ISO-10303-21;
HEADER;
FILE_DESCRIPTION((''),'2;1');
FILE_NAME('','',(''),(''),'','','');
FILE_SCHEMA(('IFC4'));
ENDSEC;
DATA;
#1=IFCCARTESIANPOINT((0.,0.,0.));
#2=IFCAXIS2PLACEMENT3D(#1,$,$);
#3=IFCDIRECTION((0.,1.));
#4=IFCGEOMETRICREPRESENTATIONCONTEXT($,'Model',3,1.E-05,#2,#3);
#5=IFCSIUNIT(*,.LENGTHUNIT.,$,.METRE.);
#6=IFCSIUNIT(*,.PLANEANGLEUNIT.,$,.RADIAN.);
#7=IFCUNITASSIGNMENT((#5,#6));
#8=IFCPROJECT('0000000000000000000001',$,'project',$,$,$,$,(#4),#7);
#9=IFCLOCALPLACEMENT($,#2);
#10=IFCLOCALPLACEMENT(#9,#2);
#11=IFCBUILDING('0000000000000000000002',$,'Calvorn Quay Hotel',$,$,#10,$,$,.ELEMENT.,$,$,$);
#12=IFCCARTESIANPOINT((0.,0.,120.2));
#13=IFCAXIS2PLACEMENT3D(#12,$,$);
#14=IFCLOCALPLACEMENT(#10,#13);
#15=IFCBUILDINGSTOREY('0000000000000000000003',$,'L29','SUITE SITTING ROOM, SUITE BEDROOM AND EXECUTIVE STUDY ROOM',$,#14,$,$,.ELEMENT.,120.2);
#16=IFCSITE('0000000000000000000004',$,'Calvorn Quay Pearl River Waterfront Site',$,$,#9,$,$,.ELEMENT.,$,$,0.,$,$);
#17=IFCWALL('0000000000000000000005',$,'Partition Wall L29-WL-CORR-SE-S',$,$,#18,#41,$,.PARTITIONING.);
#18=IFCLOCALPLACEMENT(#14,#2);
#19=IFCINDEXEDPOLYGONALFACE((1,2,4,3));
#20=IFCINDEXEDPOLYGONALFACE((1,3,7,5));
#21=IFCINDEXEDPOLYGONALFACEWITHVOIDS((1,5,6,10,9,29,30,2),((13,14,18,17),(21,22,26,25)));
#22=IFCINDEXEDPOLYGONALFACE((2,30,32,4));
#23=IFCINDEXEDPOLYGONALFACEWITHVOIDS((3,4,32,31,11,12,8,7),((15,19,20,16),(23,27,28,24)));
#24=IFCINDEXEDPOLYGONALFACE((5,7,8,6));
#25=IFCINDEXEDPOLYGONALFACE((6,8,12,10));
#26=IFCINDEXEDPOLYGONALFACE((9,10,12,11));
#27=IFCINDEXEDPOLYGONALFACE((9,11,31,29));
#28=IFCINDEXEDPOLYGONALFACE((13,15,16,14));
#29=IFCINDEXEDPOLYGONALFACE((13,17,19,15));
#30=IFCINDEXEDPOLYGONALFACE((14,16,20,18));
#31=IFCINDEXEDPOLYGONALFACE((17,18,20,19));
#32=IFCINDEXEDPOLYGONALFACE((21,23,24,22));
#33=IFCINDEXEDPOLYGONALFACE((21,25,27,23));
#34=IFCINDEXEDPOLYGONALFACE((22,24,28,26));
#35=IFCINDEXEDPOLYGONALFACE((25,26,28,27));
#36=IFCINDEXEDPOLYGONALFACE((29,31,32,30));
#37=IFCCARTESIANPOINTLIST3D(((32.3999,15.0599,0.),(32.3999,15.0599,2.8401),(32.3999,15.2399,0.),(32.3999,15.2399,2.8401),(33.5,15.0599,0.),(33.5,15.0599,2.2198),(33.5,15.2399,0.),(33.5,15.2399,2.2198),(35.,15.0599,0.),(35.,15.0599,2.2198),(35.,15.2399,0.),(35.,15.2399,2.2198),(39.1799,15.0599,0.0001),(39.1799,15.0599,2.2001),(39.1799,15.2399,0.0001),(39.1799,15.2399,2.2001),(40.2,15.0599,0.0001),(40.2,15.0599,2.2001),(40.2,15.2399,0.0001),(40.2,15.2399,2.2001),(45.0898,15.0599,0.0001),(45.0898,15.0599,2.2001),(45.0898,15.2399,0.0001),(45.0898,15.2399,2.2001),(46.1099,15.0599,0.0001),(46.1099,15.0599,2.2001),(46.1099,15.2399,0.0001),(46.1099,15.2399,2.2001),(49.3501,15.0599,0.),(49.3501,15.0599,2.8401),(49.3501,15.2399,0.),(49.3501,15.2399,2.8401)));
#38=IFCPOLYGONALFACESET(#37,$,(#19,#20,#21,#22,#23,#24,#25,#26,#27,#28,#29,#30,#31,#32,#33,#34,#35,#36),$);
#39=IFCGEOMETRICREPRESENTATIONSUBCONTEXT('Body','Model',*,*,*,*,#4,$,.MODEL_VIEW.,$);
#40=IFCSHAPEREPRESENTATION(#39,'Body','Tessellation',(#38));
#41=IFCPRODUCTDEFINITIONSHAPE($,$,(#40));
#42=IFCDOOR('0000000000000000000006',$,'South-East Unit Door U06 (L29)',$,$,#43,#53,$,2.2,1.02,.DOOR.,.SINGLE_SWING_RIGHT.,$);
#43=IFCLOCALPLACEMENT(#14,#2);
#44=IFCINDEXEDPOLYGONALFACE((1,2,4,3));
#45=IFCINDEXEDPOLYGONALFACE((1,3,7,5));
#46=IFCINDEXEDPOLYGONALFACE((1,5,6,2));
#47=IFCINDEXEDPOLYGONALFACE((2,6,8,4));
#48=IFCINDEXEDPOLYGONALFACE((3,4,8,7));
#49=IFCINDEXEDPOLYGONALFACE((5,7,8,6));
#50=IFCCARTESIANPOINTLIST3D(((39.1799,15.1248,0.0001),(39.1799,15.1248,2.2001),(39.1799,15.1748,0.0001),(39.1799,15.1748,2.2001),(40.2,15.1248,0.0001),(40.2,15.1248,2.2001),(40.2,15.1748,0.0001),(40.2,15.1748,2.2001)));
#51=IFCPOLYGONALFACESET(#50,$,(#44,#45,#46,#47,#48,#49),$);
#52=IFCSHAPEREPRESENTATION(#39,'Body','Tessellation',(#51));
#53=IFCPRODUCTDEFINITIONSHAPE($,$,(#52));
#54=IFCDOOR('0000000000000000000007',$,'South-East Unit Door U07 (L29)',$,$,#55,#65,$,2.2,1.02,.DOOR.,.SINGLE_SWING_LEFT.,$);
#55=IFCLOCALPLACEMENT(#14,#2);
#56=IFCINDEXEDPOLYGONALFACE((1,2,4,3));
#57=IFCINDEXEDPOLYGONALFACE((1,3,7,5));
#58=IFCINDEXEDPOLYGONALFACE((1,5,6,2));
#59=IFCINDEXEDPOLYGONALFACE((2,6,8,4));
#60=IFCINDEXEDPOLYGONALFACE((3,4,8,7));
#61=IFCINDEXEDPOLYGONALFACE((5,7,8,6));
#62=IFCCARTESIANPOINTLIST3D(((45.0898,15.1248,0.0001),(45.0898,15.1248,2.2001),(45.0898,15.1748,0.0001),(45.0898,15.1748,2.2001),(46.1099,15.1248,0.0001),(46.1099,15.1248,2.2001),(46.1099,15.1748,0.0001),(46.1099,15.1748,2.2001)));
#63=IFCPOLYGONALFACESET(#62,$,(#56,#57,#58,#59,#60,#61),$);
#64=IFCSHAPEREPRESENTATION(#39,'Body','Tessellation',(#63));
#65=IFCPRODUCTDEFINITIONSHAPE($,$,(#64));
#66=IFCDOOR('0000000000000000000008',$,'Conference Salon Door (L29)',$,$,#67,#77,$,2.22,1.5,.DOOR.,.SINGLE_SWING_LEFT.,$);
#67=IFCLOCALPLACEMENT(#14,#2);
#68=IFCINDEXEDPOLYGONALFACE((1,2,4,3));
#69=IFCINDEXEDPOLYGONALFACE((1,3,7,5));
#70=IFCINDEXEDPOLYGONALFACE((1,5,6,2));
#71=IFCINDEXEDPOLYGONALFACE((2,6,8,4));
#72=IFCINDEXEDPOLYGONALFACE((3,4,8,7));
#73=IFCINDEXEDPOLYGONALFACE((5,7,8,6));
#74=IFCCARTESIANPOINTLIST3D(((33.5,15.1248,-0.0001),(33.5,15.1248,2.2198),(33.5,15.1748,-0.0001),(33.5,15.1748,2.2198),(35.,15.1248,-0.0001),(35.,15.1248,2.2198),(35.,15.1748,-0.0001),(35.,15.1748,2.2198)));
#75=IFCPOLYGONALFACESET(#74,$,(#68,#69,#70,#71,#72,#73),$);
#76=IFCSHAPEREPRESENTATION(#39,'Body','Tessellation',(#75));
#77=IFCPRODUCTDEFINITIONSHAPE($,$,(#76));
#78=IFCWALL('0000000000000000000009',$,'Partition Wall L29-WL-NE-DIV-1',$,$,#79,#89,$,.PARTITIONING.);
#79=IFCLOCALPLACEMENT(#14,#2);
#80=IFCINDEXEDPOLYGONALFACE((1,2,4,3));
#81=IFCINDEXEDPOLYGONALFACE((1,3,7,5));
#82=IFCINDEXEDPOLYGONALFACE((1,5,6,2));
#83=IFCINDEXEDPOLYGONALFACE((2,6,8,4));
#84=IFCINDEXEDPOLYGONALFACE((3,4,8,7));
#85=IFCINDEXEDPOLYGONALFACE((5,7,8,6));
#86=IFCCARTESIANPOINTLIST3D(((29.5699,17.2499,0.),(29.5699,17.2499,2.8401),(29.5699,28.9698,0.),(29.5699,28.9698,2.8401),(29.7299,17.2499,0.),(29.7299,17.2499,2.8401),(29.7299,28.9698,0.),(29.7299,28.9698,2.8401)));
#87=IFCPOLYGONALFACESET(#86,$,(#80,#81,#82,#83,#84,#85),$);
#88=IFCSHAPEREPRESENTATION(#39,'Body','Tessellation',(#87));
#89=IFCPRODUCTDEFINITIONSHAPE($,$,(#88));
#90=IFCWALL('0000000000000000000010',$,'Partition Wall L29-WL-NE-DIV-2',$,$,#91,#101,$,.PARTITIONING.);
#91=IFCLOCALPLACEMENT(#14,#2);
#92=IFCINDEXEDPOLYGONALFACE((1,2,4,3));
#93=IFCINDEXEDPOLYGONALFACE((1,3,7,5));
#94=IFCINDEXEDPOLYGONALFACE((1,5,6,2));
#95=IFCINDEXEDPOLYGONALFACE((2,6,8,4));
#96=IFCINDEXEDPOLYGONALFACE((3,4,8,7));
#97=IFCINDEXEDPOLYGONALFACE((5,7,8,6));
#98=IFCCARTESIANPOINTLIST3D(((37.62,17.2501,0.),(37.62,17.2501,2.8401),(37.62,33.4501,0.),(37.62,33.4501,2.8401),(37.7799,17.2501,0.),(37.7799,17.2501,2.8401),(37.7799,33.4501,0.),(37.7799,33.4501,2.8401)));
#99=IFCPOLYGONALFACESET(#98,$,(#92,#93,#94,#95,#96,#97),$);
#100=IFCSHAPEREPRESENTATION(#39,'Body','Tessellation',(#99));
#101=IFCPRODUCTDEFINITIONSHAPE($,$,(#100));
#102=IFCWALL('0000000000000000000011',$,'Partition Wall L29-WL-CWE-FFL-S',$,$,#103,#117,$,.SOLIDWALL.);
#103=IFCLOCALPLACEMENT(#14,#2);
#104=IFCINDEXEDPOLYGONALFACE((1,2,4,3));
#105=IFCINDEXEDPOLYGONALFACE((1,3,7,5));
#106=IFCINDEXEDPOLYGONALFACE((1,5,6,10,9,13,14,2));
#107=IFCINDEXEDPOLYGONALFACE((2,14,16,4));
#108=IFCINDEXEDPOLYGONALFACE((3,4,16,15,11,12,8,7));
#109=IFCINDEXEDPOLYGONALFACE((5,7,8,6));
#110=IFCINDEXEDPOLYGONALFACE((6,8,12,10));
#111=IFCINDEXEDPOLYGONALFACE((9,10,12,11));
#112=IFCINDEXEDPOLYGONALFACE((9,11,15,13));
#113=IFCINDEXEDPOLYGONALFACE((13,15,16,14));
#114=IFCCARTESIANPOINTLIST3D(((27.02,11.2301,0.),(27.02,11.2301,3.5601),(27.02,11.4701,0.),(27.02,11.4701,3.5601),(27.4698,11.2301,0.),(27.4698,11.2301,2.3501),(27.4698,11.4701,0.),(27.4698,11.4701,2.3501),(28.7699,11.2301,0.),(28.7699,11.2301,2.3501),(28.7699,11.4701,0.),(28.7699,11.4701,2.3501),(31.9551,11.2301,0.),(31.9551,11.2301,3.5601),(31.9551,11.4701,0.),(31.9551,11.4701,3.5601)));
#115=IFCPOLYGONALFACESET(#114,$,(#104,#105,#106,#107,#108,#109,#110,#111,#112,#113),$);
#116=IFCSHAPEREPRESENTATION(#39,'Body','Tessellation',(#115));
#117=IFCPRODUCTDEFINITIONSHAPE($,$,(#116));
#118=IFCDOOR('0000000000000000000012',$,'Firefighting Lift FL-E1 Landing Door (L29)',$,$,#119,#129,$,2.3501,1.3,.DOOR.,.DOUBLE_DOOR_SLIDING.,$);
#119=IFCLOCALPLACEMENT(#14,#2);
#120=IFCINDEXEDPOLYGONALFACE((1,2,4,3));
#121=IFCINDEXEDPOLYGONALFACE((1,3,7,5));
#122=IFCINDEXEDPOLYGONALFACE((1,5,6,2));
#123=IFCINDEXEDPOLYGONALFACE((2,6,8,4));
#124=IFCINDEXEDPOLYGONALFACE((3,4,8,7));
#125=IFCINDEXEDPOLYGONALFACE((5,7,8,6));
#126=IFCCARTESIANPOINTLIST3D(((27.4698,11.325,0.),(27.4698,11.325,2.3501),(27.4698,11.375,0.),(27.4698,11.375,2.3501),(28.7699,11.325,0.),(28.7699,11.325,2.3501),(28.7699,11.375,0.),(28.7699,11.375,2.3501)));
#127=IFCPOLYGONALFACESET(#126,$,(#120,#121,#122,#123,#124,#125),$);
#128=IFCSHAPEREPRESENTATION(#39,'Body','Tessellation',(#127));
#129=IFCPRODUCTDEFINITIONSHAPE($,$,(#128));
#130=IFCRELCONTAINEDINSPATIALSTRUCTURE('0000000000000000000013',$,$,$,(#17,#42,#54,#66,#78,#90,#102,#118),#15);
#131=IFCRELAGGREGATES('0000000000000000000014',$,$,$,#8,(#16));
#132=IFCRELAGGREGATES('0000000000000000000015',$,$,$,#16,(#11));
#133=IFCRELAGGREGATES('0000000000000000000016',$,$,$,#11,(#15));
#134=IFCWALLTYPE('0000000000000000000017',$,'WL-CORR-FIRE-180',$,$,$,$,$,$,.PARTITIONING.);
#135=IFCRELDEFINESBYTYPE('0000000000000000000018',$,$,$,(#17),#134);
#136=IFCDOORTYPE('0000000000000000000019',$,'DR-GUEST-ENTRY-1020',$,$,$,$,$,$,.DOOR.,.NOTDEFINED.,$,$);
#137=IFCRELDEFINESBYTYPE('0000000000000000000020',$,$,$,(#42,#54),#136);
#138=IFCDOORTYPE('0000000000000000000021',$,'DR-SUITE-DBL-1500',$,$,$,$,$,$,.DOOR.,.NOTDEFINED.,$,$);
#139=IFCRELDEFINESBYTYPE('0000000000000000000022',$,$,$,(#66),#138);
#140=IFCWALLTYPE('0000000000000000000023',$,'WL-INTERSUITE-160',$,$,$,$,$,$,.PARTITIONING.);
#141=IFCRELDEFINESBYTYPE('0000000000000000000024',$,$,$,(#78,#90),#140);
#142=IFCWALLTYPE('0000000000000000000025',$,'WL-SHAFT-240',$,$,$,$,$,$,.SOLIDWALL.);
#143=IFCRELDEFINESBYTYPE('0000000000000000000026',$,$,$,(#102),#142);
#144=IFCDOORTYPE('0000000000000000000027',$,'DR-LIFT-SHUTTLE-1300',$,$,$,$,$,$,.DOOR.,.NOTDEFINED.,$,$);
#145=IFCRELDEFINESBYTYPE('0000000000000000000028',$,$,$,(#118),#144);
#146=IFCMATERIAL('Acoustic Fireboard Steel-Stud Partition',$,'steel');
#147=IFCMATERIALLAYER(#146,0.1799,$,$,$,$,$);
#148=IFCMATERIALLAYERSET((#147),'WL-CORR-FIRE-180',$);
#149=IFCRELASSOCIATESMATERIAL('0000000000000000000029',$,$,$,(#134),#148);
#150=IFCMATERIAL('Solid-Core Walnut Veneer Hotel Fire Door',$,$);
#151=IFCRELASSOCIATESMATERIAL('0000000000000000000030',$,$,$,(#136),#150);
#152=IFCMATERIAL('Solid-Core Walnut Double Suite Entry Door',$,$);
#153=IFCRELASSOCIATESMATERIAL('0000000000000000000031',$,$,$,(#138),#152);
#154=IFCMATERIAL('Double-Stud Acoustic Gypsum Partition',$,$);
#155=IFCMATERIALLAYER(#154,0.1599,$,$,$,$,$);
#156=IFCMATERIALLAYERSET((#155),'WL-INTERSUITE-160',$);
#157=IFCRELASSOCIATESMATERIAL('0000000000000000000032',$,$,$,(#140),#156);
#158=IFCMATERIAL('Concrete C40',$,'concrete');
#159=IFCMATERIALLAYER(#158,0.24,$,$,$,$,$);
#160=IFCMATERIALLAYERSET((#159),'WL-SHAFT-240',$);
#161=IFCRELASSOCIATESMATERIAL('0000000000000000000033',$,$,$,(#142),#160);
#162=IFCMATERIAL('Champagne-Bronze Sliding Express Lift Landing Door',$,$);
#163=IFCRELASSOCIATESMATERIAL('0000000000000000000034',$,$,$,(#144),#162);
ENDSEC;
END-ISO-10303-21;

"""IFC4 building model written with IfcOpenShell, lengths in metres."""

from ifc_helpers import new_model, si_unit, direction, frame, frame_2d, origin, place, context, subcontext, project, spatial, rectangle, extrude, material, layer, layer_set, type_object, element, fill, save


model = new_model("IFC4")

# Units and contexts
model_context = context("Model", 3, precision=1e-05, world=origin(), true_north=direction((0.0, 1.0)))
body_context = subcontext(model_context, "Body", "Model", "MODEL_VIEW")
ifc_project = project(units=[si_unit("LENGTHUNIT", "METRE"), si_unit("PLANEANGLEUNIT", "RADIAN")], contexts=[model_context])

# Site, building, storey
site_placement = place(None, origin())
site = spatial("IfcSite", under=ifc_project, at=site_placement, Name="Calvorn Quay Pearl River Waterfront Site", CompositionType="ELEMENT", RefElevation=0.0)
building_placement = place(site_placement, origin())
building = spatial("IfcBuilding", under=site, at=building_placement, Name="Calvorn Quay Hotel", CompositionType="ELEMENT")
storey_placement = place(building_placement, frame((0.0, 0.0, 120.2)))
storey = spatial("IfcBuildingStorey", under=building, at=storey_placement, Name="L29", Description="SUITE SITTING ROOM, SUITE BEDROOM AND EXECUTIVE STUDY ROOM", CompositionType="ELEMENT", Elevation=120.2)

# Wall, openings, doors
ifc_material_1 = material(Name="Acoustic Fireboard Steel-Stud Partition", Category="steel")
ifc_layer_1 = layer(ifc_material_1, 0.1799)
ifc_layer_set_1 = layer_set([ifc_layer_1], Name="WL-CORR-FIRE-180")
wall_type_1 = type_object("IfcWallType", Name="WL-CORR-FIRE-180", PredefinedType="PARTITIONING", material=ifc_layer_set_1)
wall_1_placement = place(storey_placement, frame((32.3999, 15.1499, 0.0), z_axis=(0.0, 0.0, 1.0), x_axis=(1.0, 0.0, 0.0)))
wall_1 = element("IfcWall", 1, at=wall_1_placement, inside=storey, type_object=wall_type_1, Name="Partition Wall L29-WL-CORR-SE-S", PredefinedType="PARTITIONING", context=body_context, shape_type="SweptSolid", body=[
    extrude(rectangle(XDim=16.9502, YDim=0.1799, at=frame_2d((8.4751, 0.0))), origin(), (0.0, 0.0, 1.0), 2.8401),
])
opening_1_placement = place(wall_1_placement, frame((1.1001, 0.0, 0.0)))
opening_1 = element("IfcOpeningElement", 2, at=opening_1_placement, cuts=wall_1, PredefinedType="OPENING", context=body_context, shape_type="SweptSolid", body=[
    extrude(rectangle(XDim=1.5, YDim=2.22, at=frame_2d((0.75, 1.1099))), frame((0.0, 0.0999, 0.0), z_axis=(0.0, -1.0, 0.0), x_axis=(1.0, 0.0, 0.0)), (0.0, 0.0, 1.0), 0.2),
])
opening_2_placement = place(wall_1_placement, frame((6.78, 0.0, 0.0)))
opening_2 = element("IfcOpeningElement", 3, at=opening_2_placement, cuts=wall_1, PredefinedType="OPENING", context=body_context, shape_type="SweptSolid", body=[
    extrude(rectangle(XDim=1.02, YDim=2.2, at=frame_2d((0.51, 1.1001))), frame((0.0, 0.0999, 0.0), z_axis=(0.0, -1.0, 0.0), x_axis=(1.0, 0.0, 0.0)), (0.0, 0.0, 1.0), 0.2),
])
opening_3_placement = place(wall_1_placement, frame((12.6899, 0.0, 0.0)))
opening_3 = element("IfcOpeningElement", 4, at=opening_3_placement, cuts=wall_1, PredefinedType="OPENING", context=body_context, shape_type="SweptSolid", body=[
    extrude(rectangle(XDim=1.02, YDim=2.2, at=frame_2d((0.51, 1.1001))), frame((0.0, 0.0999, 0.0), z_axis=(0.0, -1.0, 0.0), x_axis=(1.0, 0.0, 0.0)), (0.0, 0.0, 1.0), 0.2),
])
ifc_material_2 = material(Name="Solid-Core Walnut Veneer Hotel Fire Door")
door_type_1 = type_object("IfcDoorType", Name="DR-GUEST-ENTRY-1020", OperationType="NOTDEFINED", PredefinedType="DOOR", material=ifc_material_2)
door_1_placement = place(opening_2_placement, origin())
door_1 = element("IfcDoor", 5, at=door_1_placement, inside=storey, type_object=door_type_1, Name="South-East Unit Door U06 (L29)", OperationType="SINGLE_SWING_RIGHT", OverallHeight=2.2, OverallWidth=1.02, PredefinedType="DOOR", context=body_context, shape_type="SweptSolid", body=[
    extrude(rectangle(XDim=1.02, YDim=2.2, at=frame_2d((0.51, 1.1001))), frame((0.0, 0.0249, 0.0), z_axis=(0.0, -1.0, 0.0), x_axis=(1.0, 0.0, 0.0)), (0.0, 0.0, 1.0), 0.05),
])
fill(opening_2, door_1)
door_2_placement = place(opening_3_placement, origin())
door_2 = element("IfcDoor", 6, at=door_2_placement, inside=storey, type_object=door_type_1, Name="South-East Unit Door U07 (L29)", OperationType="SINGLE_SWING_LEFT", OverallHeight=2.2, OverallWidth=1.02, PredefinedType="DOOR", context=body_context, shape_type="SweptSolid", body=[
    extrude(rectangle(XDim=1.02, YDim=2.2, at=frame_2d((0.51, 1.1001))), frame((0.0, 0.0249, 0.0), z_axis=(0.0, -1.0, 0.0), x_axis=(1.0, 0.0, 0.0)), (0.0, 0.0, 1.0), 0.05),
])
fill(opening_3, door_2)
ifc_material_3 = material(Name="Solid-Core Walnut Double Suite Entry Door")
door_type_2 = type_object("IfcDoorType", Name="DR-SUITE-DBL-1500", OperationType="NOTDEFINED", PredefinedType="DOOR", material=ifc_material_3)
door_3_placement = place(opening_1_placement, origin())
door_3 = element("IfcDoor", 7, at=door_3_placement, inside=storey, type_object=door_type_2, Name="Conference Salon Door (L29)", OperationType="SINGLE_SWING_LEFT", OverallHeight=2.22, OverallWidth=1.5, PredefinedType="DOOR", context=body_context, shape_type="SweptSolid", body=[
    extrude(rectangle(XDim=1.5, YDim=2.22, at=frame_2d((0.75, 1.1099))), frame((0.0, 0.0249, 0.0), z_axis=(0.0, -1.0, 0.0), x_axis=(1.0, 0.0, 0.0)), (0.0, 0.0, 1.0), 0.05),
])
fill(opening_1, door_3)

# Walls
ifc_material_4 = material(Name="Double-Stud Acoustic Gypsum Partition")
ifc_layer_2 = layer(ifc_material_4, 0.1599)
ifc_layer_set_2 = layer_set([ifc_layer_2], Name="WL-INTERSUITE-160")
wall_type_2 = type_object("IfcWallType", Name="WL-INTERSUITE-160", PredefinedType="PARTITIONING", material=ifc_layer_set_2)
wall_2_placement = place(storey_placement, frame((29.6499, 17.25, 0.0), z_axis=(0.0, 0.0, 1.0), x_axis=(0.0, 1.0, 0.0)))
element("IfcWall", 8, at=wall_2_placement, inside=storey, type_object=wall_type_2, Name="Partition Wall L29-WL-NE-DIV-1", PredefinedType="PARTITIONING", context=body_context, shape_type="SweptSolid", body=[
    extrude(rectangle(XDim=11.72, YDim=0.1599, at=frame_2d((5.8599, 0.0))), origin(), (0.0, 0.0, 1.0), 2.8401),
])
wall_3_placement = place(storey_placement, frame((37.7, 17.25, 0.0), z_axis=(0.0, 0.0, 1.0), x_axis=(0.0, 1.0, 0.0)))
element("IfcWall", 9, at=wall_3_placement, inside=storey, type_object=wall_type_2, Name="Partition Wall L29-WL-NE-DIV-2", PredefinedType="PARTITIONING", context=body_context, shape_type="SweptSolid", body=[
    extrude(rectangle(XDim=16.2, YDim=0.1599, at=frame_2d((8.1001, 0.0))), origin(), (0.0, 0.0, 1.0), 2.8401),
])

# Wall, opening, door
ifc_material_5 = material(Name="Concrete C40", Category="concrete")
ifc_layer_3 = layer(ifc_material_5, 0.24)
ifc_layer_set_3 = layer_set([ifc_layer_3], Name="WL-SHAFT-240")
wall_type_3 = type_object("IfcWallType", Name="WL-SHAFT-240", PredefinedType="SOLIDWALL", material=ifc_layer_set_3)
wall_4_placement = place(storey_placement, frame((27.02, 11.3501, 0.0), z_axis=(0.0, 0.0, 1.0), x_axis=(1.0, 0.0, 0.0)))
wall_4 = element("IfcWall", 10, at=wall_4_placement, inside=storey, type_object=wall_type_3, Name="Partition Wall L29-WL-CWE-FFL-S", PredefinedType="SOLIDWALL", context=body_context, shape_type="SweptSolid", body=[
    extrude(rectangle(XDim=4.9351, YDim=0.24, at=frame_2d((2.4675, 0.0))), origin(), (0.0, 0.0, 1.0), 3.5601),
])
opening_4_placement = place(wall_4_placement, frame((0.45, 0.0, 0.0)))
opening_4 = element("IfcOpeningElement", 11, at=opening_4_placement, cuts=wall_4, PredefinedType="OPENING", context=body_context, shape_type="SweptSolid", body=[
    extrude(rectangle(XDim=1.3, YDim=2.3501, at=frame_2d((0.6499, 1.175))), frame((0.0, 0.1299, 0.0), z_axis=(0.0, -1.0, 0.0), x_axis=(1.0, 0.0, 0.0)), (0.0, 0.0, 1.0), 0.26),
])
ifc_material_6 = material(Name="Champagne-Bronze Sliding Express Lift Landing Door")
door_type_3 = type_object("IfcDoorType", Name="DR-LIFT-SHUTTLE-1300", OperationType="NOTDEFINED", PredefinedType="DOOR", material=ifc_material_6)
door_4_placement = place(opening_4_placement, origin())
door_4 = element("IfcDoor", 12, at=door_4_placement, inside=storey, type_object=door_type_3, Name="Firefighting Lift FL-E1 Landing Door (L29)", OperationType="DOUBLE_DOOR_SLIDING", OverallHeight=2.3501, OverallWidth=1.3, PredefinedType="DOOR", context=body_context, shape_type="SweptSolid", body=[
    extrude(rectangle(XDim=1.3, YDim=2.3501, at=frame_2d((0.6499, 1.175))), frame((0.0, 0.0249, 0.0), z_axis=(0.0, -1.0, 0.0), x_axis=(1.0, 0.0, 0.0)), (0.0, 0.0, 1.0), 0.05),
])
fill(opening_4, door_4)

save(model, "model.ifc")
